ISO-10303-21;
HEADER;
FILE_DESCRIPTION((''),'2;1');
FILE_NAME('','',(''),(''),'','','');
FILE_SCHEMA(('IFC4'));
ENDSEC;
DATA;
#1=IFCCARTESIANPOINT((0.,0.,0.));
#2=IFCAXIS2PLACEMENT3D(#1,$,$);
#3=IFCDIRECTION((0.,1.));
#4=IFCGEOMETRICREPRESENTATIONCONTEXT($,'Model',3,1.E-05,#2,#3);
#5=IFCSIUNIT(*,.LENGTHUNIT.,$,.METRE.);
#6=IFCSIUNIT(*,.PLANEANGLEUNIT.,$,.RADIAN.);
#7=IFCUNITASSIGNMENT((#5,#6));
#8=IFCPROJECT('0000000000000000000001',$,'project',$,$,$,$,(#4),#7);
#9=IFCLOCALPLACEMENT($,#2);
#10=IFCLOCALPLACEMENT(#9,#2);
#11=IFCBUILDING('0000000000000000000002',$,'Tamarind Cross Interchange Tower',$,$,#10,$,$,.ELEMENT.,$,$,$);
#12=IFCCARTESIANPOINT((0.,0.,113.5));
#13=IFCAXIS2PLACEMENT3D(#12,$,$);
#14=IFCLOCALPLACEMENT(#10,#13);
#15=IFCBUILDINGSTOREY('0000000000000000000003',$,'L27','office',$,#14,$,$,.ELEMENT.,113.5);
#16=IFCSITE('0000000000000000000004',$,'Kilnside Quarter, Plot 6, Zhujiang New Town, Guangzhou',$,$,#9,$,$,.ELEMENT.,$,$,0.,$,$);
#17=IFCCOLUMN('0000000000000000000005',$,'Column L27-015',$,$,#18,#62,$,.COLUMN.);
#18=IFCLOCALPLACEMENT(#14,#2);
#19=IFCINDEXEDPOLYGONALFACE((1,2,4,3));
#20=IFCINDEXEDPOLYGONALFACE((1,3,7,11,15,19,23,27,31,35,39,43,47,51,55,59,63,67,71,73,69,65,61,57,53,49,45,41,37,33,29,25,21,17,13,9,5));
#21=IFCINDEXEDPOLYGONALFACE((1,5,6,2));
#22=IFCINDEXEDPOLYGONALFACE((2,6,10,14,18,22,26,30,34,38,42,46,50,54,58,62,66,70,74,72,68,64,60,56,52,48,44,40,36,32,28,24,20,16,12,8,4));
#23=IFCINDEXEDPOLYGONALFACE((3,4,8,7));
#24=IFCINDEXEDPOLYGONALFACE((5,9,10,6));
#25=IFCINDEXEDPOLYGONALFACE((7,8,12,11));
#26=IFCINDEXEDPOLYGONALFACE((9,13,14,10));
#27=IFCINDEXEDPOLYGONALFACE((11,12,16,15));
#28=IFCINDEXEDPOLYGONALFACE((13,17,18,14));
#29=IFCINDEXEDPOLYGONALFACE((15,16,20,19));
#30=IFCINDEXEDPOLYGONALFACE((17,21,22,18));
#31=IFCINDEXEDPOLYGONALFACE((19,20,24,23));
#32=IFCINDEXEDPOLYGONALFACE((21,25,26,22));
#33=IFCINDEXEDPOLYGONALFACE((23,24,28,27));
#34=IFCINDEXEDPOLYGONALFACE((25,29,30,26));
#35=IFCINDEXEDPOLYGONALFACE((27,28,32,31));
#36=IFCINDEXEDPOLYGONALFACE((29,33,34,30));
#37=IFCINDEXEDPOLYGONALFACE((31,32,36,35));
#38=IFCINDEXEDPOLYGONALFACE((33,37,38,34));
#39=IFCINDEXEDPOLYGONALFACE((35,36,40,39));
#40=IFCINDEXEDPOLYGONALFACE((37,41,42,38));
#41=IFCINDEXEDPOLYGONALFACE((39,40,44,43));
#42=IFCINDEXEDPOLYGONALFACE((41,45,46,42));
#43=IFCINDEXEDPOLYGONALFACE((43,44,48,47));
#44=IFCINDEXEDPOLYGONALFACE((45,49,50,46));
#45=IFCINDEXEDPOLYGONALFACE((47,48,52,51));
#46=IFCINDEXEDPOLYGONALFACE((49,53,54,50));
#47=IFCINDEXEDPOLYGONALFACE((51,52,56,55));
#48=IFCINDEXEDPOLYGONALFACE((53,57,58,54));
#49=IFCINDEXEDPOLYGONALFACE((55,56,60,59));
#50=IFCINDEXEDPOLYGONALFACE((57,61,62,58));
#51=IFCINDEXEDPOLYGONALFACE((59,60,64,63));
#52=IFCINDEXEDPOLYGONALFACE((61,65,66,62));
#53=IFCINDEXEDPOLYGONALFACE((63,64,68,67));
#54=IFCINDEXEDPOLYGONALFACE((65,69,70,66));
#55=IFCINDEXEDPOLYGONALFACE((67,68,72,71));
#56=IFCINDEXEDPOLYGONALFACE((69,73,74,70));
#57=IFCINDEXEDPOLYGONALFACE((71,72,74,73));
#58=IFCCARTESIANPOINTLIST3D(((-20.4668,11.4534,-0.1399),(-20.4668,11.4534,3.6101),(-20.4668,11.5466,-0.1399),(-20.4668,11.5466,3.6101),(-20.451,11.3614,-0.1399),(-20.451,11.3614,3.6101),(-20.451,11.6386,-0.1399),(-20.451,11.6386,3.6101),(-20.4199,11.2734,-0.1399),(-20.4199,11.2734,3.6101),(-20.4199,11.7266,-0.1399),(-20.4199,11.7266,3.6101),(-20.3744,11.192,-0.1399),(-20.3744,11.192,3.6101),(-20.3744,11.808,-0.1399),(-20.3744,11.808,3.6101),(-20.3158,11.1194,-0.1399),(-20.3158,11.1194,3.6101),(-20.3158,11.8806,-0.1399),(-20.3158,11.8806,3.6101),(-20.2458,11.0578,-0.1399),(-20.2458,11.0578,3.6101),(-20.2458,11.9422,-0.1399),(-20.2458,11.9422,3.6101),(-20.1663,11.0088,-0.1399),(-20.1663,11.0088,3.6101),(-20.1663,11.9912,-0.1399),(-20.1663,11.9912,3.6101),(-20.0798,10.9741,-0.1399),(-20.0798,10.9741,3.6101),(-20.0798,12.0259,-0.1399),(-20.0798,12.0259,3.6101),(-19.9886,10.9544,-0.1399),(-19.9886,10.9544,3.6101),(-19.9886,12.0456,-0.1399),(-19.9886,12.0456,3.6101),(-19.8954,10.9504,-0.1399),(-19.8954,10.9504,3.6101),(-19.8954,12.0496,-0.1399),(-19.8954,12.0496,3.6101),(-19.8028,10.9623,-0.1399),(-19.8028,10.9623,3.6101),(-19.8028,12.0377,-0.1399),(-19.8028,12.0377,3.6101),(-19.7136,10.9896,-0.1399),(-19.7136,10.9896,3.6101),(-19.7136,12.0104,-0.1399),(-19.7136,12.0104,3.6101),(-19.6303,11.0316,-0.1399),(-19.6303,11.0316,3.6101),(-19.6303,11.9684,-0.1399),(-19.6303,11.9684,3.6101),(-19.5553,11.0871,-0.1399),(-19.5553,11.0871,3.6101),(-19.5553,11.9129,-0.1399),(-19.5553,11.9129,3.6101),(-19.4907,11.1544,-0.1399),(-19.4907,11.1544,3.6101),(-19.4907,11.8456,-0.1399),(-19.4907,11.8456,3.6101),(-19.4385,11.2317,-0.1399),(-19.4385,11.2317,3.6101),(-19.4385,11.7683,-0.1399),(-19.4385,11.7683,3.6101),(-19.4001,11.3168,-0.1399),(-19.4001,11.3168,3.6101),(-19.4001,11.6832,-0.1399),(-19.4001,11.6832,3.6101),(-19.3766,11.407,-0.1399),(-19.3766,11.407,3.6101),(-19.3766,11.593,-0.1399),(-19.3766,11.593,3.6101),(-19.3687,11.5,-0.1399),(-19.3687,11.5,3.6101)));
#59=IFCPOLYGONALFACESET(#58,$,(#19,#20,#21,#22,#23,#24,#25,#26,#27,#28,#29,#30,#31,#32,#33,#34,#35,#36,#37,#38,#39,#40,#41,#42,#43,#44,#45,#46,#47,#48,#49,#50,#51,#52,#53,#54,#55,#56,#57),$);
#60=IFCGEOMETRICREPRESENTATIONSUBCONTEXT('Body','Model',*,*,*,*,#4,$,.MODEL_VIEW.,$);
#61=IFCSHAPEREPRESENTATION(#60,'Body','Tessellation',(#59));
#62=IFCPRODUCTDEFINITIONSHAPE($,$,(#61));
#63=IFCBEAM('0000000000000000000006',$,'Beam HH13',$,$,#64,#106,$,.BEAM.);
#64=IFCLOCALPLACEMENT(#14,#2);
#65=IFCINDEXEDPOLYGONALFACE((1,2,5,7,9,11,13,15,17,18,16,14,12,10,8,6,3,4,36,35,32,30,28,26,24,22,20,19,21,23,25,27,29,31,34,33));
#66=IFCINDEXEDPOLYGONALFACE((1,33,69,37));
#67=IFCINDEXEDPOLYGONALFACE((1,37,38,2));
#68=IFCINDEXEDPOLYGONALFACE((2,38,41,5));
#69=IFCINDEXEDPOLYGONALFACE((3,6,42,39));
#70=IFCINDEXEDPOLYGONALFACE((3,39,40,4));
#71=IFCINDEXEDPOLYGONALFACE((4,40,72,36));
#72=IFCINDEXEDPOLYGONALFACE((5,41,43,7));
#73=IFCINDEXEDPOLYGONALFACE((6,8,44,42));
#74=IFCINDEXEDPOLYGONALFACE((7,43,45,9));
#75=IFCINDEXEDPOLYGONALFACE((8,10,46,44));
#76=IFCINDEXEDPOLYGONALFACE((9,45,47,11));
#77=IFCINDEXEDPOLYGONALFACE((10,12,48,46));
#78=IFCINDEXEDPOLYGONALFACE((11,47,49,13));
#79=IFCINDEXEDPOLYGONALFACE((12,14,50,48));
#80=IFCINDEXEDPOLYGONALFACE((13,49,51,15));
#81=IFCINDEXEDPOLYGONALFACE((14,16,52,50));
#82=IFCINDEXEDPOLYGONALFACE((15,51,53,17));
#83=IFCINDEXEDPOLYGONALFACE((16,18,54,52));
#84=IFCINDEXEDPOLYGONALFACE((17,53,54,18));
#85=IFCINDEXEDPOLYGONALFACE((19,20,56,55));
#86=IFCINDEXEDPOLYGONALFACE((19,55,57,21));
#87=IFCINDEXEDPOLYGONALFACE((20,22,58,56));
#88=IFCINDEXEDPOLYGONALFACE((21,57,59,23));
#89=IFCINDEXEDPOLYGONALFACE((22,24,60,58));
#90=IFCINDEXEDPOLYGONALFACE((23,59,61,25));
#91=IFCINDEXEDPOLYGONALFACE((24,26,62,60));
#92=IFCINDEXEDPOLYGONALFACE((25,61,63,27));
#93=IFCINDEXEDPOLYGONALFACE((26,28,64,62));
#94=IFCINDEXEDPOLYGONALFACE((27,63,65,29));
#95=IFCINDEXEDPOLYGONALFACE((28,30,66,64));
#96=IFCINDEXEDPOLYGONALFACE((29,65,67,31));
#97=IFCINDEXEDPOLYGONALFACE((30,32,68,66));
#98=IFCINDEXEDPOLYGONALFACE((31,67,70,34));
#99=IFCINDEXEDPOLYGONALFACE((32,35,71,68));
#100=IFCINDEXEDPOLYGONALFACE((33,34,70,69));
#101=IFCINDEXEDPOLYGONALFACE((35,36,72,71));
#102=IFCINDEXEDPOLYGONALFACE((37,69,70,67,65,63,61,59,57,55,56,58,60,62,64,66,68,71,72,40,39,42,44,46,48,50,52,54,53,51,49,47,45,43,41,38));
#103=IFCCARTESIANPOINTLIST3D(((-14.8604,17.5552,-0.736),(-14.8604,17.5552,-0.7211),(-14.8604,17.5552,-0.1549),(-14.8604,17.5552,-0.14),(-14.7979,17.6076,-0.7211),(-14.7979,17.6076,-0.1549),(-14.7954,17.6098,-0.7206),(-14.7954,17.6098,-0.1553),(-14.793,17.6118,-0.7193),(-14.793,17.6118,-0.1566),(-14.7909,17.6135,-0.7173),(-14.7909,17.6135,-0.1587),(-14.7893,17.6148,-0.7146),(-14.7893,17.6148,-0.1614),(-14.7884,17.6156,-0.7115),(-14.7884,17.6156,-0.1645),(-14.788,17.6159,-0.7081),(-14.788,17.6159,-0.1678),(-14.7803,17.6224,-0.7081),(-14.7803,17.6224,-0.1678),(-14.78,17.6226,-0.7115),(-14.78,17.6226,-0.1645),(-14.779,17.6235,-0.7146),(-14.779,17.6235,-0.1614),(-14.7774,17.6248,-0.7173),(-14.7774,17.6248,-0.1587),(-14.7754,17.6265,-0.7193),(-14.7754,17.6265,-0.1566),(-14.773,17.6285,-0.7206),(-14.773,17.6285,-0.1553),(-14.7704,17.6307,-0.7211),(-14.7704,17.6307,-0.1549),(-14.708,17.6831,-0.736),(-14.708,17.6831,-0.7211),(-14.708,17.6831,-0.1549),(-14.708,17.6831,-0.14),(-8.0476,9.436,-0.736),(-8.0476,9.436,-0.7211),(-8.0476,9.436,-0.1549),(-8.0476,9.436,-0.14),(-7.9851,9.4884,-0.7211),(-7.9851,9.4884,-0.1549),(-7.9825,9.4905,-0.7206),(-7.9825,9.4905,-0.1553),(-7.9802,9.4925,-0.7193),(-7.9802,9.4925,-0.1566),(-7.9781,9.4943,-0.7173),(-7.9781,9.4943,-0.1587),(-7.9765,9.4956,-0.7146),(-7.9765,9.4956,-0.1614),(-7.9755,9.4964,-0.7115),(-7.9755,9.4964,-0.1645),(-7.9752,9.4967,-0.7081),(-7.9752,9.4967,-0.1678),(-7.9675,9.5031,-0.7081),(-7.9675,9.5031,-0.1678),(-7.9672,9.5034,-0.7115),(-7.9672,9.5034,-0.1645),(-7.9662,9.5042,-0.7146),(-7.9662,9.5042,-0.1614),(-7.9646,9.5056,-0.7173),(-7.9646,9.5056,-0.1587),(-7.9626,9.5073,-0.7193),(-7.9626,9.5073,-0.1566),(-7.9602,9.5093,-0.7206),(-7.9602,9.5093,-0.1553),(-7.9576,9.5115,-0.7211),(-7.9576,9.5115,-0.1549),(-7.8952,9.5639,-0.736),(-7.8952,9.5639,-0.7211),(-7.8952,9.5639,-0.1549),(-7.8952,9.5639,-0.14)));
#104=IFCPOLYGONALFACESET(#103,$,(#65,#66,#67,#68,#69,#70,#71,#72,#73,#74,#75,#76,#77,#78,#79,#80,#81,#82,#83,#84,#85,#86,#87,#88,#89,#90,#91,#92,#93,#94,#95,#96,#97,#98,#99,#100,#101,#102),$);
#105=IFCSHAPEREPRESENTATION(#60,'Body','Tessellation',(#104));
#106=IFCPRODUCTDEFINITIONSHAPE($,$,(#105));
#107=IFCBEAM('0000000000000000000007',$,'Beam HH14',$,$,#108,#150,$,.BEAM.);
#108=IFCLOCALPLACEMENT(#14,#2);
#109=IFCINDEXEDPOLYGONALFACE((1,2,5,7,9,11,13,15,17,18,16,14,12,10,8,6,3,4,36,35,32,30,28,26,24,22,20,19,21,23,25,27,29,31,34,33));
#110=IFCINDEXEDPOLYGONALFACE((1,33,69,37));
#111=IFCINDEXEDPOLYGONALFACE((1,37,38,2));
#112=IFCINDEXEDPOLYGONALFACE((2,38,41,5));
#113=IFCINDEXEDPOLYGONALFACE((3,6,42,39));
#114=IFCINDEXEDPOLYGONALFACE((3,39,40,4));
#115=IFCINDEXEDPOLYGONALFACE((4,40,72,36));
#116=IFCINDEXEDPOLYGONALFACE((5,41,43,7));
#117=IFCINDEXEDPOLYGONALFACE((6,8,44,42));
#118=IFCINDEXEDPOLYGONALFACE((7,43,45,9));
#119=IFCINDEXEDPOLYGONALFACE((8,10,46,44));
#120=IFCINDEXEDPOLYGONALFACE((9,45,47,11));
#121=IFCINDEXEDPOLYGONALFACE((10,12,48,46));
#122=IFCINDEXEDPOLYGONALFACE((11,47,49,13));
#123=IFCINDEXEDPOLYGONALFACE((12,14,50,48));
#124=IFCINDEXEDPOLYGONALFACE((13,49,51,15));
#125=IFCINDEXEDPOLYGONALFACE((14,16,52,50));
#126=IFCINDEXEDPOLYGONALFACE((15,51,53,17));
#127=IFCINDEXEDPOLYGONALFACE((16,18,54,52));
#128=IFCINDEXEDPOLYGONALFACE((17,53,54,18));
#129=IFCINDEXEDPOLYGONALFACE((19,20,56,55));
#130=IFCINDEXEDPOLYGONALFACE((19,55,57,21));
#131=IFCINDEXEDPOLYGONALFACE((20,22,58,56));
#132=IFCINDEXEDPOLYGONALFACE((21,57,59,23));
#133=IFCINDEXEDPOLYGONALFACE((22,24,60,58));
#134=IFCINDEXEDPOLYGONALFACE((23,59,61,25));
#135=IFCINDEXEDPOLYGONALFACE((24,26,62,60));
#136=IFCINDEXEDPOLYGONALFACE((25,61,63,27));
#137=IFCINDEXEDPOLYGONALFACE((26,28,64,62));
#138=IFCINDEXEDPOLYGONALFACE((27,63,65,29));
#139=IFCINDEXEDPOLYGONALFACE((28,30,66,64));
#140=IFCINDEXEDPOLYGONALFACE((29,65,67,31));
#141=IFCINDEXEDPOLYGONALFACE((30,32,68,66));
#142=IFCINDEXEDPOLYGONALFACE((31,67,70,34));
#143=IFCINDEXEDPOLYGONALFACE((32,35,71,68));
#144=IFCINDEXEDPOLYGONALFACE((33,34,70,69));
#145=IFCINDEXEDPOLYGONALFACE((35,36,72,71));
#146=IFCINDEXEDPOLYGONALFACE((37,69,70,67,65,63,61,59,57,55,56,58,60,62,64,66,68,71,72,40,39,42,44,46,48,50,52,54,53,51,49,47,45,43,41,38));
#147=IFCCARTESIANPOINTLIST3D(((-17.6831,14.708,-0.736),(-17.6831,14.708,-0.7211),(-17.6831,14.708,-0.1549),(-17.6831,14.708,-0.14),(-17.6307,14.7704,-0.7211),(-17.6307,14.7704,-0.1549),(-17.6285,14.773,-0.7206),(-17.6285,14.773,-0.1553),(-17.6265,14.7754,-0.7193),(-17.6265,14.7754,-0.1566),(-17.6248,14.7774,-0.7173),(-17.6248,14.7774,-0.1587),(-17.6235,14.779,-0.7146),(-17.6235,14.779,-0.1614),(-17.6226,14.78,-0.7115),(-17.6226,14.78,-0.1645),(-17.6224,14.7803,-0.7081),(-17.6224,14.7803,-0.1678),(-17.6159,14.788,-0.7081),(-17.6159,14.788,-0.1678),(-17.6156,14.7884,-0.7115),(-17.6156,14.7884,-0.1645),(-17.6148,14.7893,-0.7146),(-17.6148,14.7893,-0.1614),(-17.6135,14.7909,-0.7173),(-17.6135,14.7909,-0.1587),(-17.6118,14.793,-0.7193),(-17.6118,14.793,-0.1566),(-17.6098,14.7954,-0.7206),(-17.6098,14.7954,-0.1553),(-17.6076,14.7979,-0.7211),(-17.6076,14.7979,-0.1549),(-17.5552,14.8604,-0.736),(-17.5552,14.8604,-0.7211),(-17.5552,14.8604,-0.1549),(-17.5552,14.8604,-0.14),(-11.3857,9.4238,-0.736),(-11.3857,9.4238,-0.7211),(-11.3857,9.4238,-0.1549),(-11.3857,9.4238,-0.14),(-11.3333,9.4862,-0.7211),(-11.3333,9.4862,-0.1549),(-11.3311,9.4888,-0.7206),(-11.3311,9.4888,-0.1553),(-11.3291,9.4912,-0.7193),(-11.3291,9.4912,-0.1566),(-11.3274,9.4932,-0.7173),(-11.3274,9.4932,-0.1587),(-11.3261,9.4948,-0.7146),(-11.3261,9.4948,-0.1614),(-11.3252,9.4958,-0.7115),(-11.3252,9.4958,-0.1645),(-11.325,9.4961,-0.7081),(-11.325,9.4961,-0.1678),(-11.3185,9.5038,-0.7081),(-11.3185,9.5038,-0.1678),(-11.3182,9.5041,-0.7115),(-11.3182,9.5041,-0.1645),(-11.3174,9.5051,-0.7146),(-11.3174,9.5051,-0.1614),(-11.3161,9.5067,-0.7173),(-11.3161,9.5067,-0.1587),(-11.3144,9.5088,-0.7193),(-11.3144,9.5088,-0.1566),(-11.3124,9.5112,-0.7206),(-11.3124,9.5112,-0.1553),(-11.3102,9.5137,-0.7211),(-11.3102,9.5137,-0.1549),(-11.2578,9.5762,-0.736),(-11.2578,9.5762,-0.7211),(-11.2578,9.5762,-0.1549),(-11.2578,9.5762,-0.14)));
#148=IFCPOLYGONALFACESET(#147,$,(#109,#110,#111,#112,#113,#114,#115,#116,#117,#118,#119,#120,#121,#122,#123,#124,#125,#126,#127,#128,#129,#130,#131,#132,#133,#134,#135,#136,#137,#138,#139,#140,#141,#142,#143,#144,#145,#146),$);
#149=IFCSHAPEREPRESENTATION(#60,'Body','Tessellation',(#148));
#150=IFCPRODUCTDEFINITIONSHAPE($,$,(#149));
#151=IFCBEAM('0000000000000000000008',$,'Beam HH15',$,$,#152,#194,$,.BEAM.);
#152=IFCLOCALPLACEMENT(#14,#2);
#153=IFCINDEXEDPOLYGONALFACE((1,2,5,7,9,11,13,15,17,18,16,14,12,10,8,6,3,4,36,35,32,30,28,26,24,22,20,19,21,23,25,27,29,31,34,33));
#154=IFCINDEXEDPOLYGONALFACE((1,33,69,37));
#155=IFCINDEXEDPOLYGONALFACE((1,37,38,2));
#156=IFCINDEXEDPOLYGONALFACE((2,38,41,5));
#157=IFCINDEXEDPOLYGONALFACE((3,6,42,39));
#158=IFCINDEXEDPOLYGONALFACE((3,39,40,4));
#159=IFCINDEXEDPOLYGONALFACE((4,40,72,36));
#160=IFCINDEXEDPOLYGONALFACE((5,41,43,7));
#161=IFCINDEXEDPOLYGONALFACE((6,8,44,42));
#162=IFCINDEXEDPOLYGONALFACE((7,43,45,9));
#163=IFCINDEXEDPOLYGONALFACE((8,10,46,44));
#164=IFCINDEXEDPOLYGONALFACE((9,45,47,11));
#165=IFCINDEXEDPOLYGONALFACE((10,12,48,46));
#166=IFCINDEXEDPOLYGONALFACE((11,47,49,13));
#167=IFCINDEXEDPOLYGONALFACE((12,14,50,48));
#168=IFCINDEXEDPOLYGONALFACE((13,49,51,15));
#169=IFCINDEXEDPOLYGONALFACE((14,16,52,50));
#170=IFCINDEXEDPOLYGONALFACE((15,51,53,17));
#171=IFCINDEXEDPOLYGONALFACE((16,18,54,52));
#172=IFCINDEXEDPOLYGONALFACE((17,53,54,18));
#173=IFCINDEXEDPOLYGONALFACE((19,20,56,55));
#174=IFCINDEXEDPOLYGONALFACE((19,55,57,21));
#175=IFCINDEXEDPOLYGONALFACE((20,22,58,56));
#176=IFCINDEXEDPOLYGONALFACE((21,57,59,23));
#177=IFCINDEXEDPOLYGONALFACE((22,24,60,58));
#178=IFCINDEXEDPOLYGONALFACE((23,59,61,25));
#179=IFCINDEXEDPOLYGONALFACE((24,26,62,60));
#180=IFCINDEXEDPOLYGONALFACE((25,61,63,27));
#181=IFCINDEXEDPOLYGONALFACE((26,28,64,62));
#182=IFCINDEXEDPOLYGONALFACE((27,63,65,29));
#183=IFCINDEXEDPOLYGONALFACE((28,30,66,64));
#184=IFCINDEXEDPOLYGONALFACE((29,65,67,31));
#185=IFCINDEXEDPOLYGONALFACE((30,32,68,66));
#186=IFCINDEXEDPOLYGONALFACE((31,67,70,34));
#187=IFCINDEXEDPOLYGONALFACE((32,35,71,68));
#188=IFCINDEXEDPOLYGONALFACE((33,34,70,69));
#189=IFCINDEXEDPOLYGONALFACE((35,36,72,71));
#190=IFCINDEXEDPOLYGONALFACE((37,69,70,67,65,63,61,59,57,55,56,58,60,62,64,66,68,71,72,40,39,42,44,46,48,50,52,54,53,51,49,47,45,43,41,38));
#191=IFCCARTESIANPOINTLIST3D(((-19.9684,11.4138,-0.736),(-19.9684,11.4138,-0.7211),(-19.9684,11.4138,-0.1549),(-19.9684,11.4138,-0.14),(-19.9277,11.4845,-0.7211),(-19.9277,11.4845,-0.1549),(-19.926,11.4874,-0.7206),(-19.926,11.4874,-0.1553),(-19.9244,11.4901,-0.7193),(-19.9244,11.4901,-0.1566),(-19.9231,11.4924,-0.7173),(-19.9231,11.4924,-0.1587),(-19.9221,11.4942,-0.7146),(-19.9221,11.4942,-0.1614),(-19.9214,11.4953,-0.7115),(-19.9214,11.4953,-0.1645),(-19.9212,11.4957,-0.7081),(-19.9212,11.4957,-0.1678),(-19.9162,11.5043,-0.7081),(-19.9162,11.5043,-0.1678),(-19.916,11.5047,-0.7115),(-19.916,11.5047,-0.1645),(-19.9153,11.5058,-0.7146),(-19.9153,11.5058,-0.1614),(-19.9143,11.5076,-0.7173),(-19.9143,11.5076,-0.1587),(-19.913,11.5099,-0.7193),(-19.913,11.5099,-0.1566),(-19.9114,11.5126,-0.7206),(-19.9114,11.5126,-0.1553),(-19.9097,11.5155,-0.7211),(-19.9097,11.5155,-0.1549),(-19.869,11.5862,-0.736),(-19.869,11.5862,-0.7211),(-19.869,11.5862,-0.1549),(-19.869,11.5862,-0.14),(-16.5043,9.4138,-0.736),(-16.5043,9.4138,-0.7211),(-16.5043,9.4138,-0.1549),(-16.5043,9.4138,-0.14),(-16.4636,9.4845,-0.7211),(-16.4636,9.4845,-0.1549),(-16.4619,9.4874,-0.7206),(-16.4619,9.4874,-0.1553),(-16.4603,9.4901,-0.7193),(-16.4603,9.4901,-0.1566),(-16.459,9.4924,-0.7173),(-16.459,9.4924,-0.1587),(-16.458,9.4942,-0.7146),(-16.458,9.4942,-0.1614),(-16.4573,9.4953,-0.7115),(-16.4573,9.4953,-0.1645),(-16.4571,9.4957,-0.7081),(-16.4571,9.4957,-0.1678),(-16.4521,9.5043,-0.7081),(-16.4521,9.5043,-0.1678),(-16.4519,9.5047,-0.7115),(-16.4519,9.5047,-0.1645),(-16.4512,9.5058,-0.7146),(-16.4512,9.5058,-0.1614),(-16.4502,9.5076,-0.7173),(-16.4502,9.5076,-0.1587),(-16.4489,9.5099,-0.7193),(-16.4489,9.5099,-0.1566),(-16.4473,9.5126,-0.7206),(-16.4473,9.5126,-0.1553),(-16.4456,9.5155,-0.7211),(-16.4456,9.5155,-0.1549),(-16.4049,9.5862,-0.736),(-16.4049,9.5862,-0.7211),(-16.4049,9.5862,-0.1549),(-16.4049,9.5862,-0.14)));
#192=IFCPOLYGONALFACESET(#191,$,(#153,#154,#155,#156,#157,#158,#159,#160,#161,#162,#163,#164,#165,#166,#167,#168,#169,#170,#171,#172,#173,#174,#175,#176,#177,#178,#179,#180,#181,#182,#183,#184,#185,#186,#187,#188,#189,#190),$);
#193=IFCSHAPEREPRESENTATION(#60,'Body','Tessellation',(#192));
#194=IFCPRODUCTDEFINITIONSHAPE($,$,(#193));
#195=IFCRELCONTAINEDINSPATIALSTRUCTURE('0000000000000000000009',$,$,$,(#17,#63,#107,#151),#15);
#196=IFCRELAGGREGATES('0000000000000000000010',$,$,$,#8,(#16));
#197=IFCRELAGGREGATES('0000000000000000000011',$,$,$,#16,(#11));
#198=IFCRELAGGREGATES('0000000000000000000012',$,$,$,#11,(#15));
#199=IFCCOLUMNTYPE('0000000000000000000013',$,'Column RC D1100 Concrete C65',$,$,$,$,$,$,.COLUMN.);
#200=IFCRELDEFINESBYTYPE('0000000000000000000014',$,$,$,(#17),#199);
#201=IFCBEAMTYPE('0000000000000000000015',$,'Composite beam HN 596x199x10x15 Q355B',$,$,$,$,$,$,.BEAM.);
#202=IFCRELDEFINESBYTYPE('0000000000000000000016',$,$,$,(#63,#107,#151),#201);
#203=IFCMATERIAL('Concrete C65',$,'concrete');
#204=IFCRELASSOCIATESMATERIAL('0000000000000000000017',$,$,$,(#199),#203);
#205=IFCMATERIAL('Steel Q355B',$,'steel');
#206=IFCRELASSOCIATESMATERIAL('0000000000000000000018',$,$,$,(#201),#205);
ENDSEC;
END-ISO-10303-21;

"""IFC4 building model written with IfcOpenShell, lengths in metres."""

from ifc_helpers import new_model, si_unit, direction, frame, origin, origin_2d, place, context, subcontext, project, spatial, circle, i_section, extrude, material, material_profile, profile_set, type_object, element, save


model = new_model("IFC4")

# Units and contexts
model_context = context("Model", 3, precision=1e-05, world=origin(), true_north=direction((0.0, 1.0)))
body_context = subcontext(model_context, "Body", "Model", "MODEL_VIEW")
ifc_project = project(units=[si_unit("LENGTHUNIT", "METRE"), si_unit("PLANEANGLEUNIT", "RADIAN")], contexts=[model_context])

# Site, building, storey
site_placement = place(None, origin())
site = spatial("IfcSite", under=ifc_project, at=site_placement, Name="Kilnside Quarter, Plot 6, Zhujiang New Town, Guangzhou", CompositionType="ELEMENT", RefElevation=0.0)
building_placement = place(site_placement, origin())
building = spatial("IfcBuilding", under=site, at=building_placement, Name="Tamarind Cross Interchange Tower", CompositionType="ELEMENT")
storey_placement = place(building_placement, frame((0.0, 0.0, 113.5)))
storey = spatial("IfcBuildingStorey", under=building, at=storey_placement, Name="L27", Description="office", CompositionType="ELEMENT", Elevation=113.5)

# Column
ifc_material_1 = material(Name="Concrete C65", Category="concrete")
ifc_material_profile_1 = material_profile(ifc_material_1, circle(Radius=0.55, at=origin_2d()), Name="RC D1100")
ifc_profile_set_1 = profile_set([ifc_material_profile_1], Name="Concrete C65")
column_type = type_object("IfcColumnType", Name="Column RC D1100 Concrete C65", PredefinedType="COLUMN", material=ifc_profile_set_1)
for number, where, z_axis, x_axis, name in (
    (1, (-19.9187, 11.5, -0.1399), (0.0, 0.0, 1.0), (1.0, 0.0, 0.0), "Column L27-015"),
):
    element("IfcColumn", number, at=place(storey_placement, frame(where, z_axis=z_axis, x_axis=x_axis)), inside=storey, type_object=column_type, Name=name, PredefinedType="COLUMN", context=body_context, shape_type="SweptSolid", body=[
        extrude(circle(Radius=0.55, at=origin_2d()), origin(), (0.0, 0.0, 1.0), 3.75),
    ])

# Beams
ifc_material_2 = material(Name="Steel Q355B", Category="steel")
ifc_material_profile_2 = material_profile(ifc_material_2, i_section(OverallWidth=0.199, OverallDepth=0.5959, WebThickness=0.01, FlangeThickness=0.0149, FilletRadius=0.0129, at=origin_2d()), Name="HN 596x199x10x15")
ifc_profile_set_2 = profile_set([ifc_material_profile_2], Name="Steel Q355B")
beam_type = type_object("IfcBeamType", Name="Composite beam HN 596x199x10x15 Q355B", PredefinedType="BEAM", material=ifc_profile_set_2)
beam_1_placement = place(storey_placement, frame((-14.7842, 17.6191, -0.438), z_axis=(0.642786, -0.766046, 0.0), x_axis=(0.766046, 0.642786, 0.0)))
element("IfcBeam", 2, at=beam_1_placement, inside=storey, type_object=beam_type, Name="Beam HH13", PredefinedType="BEAM", context=body_context, shape_type="SweptSolid", body=[
    extrude(i_section(OverallWidth=0.199, OverallDepth=0.5959, WebThickness=0.01, FlangeThickness=0.0149, FilletRadius=0.0129, at=origin_2d()), origin(), (0.0, 0.0, 1.0), 10.5989),
])
beam_2_placement = place(storey_placement, frame((-17.6191, 14.7842, -0.438), z_axis=(0.766041, -0.642792, 0.0), x_axis=(0.642792, 0.766041, 0.0)))
element("IfcBeam", 3, at=beam_2_placement, inside=storey, type_object=beam_type, Name="Beam HH14", PredefinedType="BEAM", context=body_context, shape_type="SweptSolid", body=[
    extrude(i_section(OverallWidth=0.199, OverallDepth=0.5959, WebThickness=0.01, FlangeThickness=0.0149, FilletRadius=0.0129, at=origin_2d()), origin(), (0.0, 0.0, 1.0), 8.2207),
])
beam_3_placement = place(storey_placement, frame((-19.9187, 11.5, -0.438), z_axis=(0.866026, -0.499999, 0.0), x_axis=(0.499999, 0.866026, 0.0)))
element("IfcBeam", 4, at=beam_3_placement, inside=storey, type_object=beam_type, Name="Beam HH15", PredefinedType="BEAM", context=body_context, shape_type="SweptSolid", body=[
    extrude(i_section(OverallWidth=0.199, OverallDepth=0.5959, WebThickness=0.01, FlangeThickness=0.0149, FilletRadius=0.0129, at=origin_2d()), origin(), (0.0, 0.0, 1.0), 4.0),
])

save(model, "model.ifc")
